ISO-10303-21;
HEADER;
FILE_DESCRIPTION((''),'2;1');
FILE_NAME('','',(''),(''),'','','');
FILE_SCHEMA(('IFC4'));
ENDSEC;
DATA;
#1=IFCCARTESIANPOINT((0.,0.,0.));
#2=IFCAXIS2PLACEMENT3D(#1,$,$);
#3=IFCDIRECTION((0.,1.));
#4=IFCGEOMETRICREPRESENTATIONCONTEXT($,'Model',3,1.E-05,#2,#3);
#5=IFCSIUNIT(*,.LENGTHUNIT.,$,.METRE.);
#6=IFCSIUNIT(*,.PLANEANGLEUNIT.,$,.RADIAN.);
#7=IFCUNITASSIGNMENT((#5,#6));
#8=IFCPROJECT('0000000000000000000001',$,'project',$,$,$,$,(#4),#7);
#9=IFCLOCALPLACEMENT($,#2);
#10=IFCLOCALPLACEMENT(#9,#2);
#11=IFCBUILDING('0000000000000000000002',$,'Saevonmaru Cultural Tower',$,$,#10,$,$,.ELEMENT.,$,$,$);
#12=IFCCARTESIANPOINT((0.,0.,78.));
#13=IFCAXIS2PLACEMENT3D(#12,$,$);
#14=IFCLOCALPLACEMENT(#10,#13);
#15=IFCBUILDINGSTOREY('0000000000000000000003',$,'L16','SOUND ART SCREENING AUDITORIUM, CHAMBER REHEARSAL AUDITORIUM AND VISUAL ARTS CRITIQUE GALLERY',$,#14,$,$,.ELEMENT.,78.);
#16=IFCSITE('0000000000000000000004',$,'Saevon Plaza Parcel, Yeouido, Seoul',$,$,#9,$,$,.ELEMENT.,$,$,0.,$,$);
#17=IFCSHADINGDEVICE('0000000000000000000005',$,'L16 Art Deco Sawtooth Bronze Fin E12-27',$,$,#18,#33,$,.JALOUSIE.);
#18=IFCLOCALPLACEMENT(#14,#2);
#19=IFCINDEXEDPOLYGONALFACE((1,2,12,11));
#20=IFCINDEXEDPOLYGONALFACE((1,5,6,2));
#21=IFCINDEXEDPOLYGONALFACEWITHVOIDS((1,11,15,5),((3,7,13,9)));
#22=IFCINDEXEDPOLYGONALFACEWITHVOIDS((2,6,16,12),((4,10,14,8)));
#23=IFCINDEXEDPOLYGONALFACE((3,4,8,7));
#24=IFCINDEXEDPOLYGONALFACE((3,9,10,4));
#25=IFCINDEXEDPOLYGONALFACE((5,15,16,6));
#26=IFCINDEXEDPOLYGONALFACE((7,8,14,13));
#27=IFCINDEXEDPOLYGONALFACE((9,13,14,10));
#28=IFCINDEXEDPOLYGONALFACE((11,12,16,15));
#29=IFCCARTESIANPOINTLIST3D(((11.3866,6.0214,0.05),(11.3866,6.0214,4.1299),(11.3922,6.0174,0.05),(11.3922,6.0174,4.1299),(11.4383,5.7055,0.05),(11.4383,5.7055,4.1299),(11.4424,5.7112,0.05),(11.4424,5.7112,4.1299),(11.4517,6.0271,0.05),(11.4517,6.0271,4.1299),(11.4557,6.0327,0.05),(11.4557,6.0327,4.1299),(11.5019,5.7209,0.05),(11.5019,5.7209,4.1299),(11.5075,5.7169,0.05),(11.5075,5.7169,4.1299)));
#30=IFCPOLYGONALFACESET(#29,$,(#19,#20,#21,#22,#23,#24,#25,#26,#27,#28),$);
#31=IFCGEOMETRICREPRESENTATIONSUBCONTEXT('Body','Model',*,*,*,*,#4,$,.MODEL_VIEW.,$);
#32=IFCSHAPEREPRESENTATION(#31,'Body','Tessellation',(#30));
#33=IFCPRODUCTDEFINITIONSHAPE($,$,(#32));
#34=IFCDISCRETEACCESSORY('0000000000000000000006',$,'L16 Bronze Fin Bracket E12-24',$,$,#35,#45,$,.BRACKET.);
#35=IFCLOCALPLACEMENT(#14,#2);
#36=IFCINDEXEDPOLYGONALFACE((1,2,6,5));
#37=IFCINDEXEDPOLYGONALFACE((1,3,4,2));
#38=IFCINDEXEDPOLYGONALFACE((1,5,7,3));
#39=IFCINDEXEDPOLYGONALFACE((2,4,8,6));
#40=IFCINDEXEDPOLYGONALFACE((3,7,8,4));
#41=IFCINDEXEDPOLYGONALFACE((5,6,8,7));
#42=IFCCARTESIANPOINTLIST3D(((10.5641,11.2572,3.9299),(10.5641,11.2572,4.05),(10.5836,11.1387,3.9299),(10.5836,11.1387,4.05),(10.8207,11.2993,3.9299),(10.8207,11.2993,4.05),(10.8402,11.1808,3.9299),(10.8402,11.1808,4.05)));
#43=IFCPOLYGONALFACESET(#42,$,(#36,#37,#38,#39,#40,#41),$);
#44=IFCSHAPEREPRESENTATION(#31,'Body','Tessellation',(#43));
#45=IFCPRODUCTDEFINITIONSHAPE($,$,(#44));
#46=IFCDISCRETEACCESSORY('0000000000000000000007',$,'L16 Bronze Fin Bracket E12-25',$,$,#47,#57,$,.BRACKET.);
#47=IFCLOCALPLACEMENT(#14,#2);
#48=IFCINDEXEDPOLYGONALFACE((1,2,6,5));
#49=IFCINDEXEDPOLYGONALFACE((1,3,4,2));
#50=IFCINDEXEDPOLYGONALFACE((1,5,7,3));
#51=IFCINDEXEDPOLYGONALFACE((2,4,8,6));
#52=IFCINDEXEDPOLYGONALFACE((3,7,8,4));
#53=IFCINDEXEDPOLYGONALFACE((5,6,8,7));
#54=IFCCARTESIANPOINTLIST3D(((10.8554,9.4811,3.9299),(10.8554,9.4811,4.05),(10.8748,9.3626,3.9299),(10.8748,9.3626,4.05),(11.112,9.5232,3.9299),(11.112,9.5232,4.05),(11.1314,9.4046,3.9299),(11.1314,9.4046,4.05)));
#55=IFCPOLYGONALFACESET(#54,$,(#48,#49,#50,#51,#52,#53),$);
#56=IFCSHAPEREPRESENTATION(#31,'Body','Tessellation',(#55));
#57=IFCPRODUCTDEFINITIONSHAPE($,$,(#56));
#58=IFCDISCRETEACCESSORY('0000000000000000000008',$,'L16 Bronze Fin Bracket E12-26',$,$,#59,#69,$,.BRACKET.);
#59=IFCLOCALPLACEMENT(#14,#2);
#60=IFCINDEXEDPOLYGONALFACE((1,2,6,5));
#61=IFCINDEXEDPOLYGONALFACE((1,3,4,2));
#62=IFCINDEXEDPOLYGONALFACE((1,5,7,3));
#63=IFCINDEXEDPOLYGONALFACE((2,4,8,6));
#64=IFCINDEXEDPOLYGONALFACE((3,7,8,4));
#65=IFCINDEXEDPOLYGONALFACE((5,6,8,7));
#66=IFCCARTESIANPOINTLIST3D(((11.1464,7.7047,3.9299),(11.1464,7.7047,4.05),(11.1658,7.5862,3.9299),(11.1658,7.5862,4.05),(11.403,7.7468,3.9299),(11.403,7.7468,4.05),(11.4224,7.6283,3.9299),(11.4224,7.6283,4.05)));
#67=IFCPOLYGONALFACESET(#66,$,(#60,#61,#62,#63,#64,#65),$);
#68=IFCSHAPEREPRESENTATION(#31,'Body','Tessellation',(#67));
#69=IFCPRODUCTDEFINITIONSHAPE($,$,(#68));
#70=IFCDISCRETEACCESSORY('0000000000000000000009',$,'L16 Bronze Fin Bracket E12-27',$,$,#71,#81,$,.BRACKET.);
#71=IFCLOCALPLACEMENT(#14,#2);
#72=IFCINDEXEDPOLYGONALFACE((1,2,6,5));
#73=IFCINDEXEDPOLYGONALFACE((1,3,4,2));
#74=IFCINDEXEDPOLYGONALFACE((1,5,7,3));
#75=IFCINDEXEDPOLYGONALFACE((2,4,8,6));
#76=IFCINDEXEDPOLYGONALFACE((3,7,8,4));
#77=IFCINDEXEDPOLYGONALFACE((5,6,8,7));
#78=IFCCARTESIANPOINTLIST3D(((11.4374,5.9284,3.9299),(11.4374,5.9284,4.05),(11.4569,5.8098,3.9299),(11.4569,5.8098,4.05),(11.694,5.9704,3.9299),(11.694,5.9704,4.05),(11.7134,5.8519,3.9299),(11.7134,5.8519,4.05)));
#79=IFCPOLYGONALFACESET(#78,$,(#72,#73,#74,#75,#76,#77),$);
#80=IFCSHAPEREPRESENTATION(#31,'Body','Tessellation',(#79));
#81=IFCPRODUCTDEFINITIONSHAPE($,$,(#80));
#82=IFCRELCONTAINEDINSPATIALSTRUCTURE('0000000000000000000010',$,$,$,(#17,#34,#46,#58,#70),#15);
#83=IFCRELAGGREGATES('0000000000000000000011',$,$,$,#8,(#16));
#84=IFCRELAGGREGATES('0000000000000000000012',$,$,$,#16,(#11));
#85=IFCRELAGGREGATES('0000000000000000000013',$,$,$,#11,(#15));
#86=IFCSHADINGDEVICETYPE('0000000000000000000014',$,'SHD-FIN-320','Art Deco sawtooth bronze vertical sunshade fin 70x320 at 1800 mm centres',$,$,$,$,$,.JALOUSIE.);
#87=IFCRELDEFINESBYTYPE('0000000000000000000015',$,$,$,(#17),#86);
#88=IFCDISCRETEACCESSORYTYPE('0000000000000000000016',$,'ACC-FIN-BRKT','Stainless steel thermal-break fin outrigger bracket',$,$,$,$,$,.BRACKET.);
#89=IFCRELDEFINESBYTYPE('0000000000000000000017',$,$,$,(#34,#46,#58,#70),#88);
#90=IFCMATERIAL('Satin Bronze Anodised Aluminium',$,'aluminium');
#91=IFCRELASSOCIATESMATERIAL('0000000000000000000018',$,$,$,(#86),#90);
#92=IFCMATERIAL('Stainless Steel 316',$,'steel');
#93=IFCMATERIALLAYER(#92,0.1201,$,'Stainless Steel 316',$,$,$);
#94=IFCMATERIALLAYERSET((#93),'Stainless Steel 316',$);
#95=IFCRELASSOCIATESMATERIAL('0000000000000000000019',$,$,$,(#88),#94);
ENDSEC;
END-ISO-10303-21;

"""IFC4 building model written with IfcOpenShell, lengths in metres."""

from ifc_helpers import new_model, si_unit, direction, frame, origin, origin_2d, place, context, subcontext, project, spatial, rectangle, hollow_rectangle, extrude, material, layer, layer_set, material_profile, profile_set, type_object, element, save


model = new_model("IFC4")

# Units and contexts
model_context = context("Model", 3, precision=1e-05, world=origin(), true_north=direction((0.0, 1.0)))
body_context = subcontext(model_context, "Body", "Model", "MODEL_VIEW")
ifc_project = project(units=[si_unit("LENGTHUNIT", "METRE"), si_unit("PLANEANGLEUNIT", "RADIAN")], contexts=[model_context])

# Site, building, storey
site_placement = place(None, origin())
site = spatial("IfcSite", under=ifc_project, at=site_placement, Name="Saevon Plaza Parcel, Yeouido, Seoul", CompositionType="ELEMENT", RefElevation=0.0)
building_placement = place(site_placement, origin())
building = spatial("IfcBuilding", under=site, at=building_placement, Name="Saevonmaru Cultural Tower", CompositionType="ELEMENT")
storey_placement = place(building_placement, frame((0.0, 0.0, 78.0)))
storey = spatial("IfcBuildingStorey", under=building, at=storey_placement, Name="L16", Description="SOUND ART SCREENING AUDITORIUM, CHAMBER REHEARSAL AUDITORIUM AND VISUAL ARTS CRITIQUE GALLERY", CompositionType="ELEMENT", Elevation=78.0)

# Shared definitions
ifc_material_1 = material(Name="Satin Bronze Anodised Aluminium", Category="aluminium")

# Shading device
ifc_material_profile_1 = material_profile(ifc_material_1, hollow_rectangle(XDim=0.0701, YDim=0.3201, WallThickness=0.0049, at=origin_2d()), Name="FIN-320x70")
ifc_profile_set_1 = profile_set([ifc_material_profile_1], Name="Satin Bronze Anodised Aluminium")
shading_device_type = type_object("IfcShadingDeviceType", Name="SHD-FIN-320", Description="Art Deco sawtooth bronze vertical sunshade fin 70x320 at 1800 mm centres", PredefinedType="JALOUSIE", material=ifc_profile_set_1)
for number, where, z_axis, x_axis, name in (
    (1, (11.447, 5.8691, 0.05), (0.0, 0.0, 1.0), (-0.986827, -0.161776, 0.0), "L16 Art Deco Sawtooth Bronze Fin E12-27"),
):
    element("IfcShadingDevice", number, at=place(storey_placement, frame(where, z_axis=z_axis, x_axis=x_axis)), inside=storey, type_object=shading_device_type, Name=name, PredefinedType="JALOUSIE", context=body_context, shape_type="SweptSolid", body=[
        extrude(hollow_rectangle(XDim=0.0701, YDim=0.3201, WallThickness=0.0049, at=origin_2d()), origin(), (0.0, 0.0, 1.0), 4.0798),
    ])

# Discrete accessories
ifc_material_2 = material(Name="Stainless Steel 316", Category="steel")
ifc_layer_1 = layer(ifc_material_2, 0.1201, Name="Stainless Steel 316")
ifc_layer_set_1 = layer_set([ifc_layer_1], Name="Stainless Steel 316")
discrete_accessory_type = type_object("IfcDiscreteAccessoryType", Name="ACC-FIN-BRKT", Description="Stainless steel thermal-break fin outrigger bracket", PredefinedType="BRACKET", material=ifc_layer_set_1)
for number, where, z_axis, x_axis, name in (
    (2, (10.7021, 11.219, 3.9299), (0.0, 0.0, 1.0), (-0.986827, -0.161776, 0.0), "L16 Bronze Fin Bracket E12-24"),
    (3, (10.9934, 9.4429, 3.9299), (0.0, 0.0, 1.0), (-0.986827, -0.161776, 0.0), "L16 Bronze Fin Bracket E12-25"),
    (4, (11.2844, 7.6665, 3.9299), (0.0, 0.0, 1.0), (-0.986827, -0.161776, 0.0), "L16 Bronze Fin Bracket E12-26"),
    (5, (11.5754, 5.8901, 3.9299), (0.0, 0.0, 1.0), (-0.986827, -0.161776, 0.0), "L16 Bronze Fin Bracket E12-27"),
):
    element("IfcDiscreteAccessory", number, at=place(storey_placement, frame(where, z_axis=z_axis, x_axis=x_axis)), inside=storey, type_object=discrete_accessory_type, Name=name, PredefinedType="BRACKET", context=body_context, shape_type="SweptSolid", body=[
        extrude(rectangle(XDim=0.26, YDim=0.1201, at=origin_2d()), origin(), (0.0, 0.0, 1.0), 0.1201),
    ])

save(model, "model.ifc")
